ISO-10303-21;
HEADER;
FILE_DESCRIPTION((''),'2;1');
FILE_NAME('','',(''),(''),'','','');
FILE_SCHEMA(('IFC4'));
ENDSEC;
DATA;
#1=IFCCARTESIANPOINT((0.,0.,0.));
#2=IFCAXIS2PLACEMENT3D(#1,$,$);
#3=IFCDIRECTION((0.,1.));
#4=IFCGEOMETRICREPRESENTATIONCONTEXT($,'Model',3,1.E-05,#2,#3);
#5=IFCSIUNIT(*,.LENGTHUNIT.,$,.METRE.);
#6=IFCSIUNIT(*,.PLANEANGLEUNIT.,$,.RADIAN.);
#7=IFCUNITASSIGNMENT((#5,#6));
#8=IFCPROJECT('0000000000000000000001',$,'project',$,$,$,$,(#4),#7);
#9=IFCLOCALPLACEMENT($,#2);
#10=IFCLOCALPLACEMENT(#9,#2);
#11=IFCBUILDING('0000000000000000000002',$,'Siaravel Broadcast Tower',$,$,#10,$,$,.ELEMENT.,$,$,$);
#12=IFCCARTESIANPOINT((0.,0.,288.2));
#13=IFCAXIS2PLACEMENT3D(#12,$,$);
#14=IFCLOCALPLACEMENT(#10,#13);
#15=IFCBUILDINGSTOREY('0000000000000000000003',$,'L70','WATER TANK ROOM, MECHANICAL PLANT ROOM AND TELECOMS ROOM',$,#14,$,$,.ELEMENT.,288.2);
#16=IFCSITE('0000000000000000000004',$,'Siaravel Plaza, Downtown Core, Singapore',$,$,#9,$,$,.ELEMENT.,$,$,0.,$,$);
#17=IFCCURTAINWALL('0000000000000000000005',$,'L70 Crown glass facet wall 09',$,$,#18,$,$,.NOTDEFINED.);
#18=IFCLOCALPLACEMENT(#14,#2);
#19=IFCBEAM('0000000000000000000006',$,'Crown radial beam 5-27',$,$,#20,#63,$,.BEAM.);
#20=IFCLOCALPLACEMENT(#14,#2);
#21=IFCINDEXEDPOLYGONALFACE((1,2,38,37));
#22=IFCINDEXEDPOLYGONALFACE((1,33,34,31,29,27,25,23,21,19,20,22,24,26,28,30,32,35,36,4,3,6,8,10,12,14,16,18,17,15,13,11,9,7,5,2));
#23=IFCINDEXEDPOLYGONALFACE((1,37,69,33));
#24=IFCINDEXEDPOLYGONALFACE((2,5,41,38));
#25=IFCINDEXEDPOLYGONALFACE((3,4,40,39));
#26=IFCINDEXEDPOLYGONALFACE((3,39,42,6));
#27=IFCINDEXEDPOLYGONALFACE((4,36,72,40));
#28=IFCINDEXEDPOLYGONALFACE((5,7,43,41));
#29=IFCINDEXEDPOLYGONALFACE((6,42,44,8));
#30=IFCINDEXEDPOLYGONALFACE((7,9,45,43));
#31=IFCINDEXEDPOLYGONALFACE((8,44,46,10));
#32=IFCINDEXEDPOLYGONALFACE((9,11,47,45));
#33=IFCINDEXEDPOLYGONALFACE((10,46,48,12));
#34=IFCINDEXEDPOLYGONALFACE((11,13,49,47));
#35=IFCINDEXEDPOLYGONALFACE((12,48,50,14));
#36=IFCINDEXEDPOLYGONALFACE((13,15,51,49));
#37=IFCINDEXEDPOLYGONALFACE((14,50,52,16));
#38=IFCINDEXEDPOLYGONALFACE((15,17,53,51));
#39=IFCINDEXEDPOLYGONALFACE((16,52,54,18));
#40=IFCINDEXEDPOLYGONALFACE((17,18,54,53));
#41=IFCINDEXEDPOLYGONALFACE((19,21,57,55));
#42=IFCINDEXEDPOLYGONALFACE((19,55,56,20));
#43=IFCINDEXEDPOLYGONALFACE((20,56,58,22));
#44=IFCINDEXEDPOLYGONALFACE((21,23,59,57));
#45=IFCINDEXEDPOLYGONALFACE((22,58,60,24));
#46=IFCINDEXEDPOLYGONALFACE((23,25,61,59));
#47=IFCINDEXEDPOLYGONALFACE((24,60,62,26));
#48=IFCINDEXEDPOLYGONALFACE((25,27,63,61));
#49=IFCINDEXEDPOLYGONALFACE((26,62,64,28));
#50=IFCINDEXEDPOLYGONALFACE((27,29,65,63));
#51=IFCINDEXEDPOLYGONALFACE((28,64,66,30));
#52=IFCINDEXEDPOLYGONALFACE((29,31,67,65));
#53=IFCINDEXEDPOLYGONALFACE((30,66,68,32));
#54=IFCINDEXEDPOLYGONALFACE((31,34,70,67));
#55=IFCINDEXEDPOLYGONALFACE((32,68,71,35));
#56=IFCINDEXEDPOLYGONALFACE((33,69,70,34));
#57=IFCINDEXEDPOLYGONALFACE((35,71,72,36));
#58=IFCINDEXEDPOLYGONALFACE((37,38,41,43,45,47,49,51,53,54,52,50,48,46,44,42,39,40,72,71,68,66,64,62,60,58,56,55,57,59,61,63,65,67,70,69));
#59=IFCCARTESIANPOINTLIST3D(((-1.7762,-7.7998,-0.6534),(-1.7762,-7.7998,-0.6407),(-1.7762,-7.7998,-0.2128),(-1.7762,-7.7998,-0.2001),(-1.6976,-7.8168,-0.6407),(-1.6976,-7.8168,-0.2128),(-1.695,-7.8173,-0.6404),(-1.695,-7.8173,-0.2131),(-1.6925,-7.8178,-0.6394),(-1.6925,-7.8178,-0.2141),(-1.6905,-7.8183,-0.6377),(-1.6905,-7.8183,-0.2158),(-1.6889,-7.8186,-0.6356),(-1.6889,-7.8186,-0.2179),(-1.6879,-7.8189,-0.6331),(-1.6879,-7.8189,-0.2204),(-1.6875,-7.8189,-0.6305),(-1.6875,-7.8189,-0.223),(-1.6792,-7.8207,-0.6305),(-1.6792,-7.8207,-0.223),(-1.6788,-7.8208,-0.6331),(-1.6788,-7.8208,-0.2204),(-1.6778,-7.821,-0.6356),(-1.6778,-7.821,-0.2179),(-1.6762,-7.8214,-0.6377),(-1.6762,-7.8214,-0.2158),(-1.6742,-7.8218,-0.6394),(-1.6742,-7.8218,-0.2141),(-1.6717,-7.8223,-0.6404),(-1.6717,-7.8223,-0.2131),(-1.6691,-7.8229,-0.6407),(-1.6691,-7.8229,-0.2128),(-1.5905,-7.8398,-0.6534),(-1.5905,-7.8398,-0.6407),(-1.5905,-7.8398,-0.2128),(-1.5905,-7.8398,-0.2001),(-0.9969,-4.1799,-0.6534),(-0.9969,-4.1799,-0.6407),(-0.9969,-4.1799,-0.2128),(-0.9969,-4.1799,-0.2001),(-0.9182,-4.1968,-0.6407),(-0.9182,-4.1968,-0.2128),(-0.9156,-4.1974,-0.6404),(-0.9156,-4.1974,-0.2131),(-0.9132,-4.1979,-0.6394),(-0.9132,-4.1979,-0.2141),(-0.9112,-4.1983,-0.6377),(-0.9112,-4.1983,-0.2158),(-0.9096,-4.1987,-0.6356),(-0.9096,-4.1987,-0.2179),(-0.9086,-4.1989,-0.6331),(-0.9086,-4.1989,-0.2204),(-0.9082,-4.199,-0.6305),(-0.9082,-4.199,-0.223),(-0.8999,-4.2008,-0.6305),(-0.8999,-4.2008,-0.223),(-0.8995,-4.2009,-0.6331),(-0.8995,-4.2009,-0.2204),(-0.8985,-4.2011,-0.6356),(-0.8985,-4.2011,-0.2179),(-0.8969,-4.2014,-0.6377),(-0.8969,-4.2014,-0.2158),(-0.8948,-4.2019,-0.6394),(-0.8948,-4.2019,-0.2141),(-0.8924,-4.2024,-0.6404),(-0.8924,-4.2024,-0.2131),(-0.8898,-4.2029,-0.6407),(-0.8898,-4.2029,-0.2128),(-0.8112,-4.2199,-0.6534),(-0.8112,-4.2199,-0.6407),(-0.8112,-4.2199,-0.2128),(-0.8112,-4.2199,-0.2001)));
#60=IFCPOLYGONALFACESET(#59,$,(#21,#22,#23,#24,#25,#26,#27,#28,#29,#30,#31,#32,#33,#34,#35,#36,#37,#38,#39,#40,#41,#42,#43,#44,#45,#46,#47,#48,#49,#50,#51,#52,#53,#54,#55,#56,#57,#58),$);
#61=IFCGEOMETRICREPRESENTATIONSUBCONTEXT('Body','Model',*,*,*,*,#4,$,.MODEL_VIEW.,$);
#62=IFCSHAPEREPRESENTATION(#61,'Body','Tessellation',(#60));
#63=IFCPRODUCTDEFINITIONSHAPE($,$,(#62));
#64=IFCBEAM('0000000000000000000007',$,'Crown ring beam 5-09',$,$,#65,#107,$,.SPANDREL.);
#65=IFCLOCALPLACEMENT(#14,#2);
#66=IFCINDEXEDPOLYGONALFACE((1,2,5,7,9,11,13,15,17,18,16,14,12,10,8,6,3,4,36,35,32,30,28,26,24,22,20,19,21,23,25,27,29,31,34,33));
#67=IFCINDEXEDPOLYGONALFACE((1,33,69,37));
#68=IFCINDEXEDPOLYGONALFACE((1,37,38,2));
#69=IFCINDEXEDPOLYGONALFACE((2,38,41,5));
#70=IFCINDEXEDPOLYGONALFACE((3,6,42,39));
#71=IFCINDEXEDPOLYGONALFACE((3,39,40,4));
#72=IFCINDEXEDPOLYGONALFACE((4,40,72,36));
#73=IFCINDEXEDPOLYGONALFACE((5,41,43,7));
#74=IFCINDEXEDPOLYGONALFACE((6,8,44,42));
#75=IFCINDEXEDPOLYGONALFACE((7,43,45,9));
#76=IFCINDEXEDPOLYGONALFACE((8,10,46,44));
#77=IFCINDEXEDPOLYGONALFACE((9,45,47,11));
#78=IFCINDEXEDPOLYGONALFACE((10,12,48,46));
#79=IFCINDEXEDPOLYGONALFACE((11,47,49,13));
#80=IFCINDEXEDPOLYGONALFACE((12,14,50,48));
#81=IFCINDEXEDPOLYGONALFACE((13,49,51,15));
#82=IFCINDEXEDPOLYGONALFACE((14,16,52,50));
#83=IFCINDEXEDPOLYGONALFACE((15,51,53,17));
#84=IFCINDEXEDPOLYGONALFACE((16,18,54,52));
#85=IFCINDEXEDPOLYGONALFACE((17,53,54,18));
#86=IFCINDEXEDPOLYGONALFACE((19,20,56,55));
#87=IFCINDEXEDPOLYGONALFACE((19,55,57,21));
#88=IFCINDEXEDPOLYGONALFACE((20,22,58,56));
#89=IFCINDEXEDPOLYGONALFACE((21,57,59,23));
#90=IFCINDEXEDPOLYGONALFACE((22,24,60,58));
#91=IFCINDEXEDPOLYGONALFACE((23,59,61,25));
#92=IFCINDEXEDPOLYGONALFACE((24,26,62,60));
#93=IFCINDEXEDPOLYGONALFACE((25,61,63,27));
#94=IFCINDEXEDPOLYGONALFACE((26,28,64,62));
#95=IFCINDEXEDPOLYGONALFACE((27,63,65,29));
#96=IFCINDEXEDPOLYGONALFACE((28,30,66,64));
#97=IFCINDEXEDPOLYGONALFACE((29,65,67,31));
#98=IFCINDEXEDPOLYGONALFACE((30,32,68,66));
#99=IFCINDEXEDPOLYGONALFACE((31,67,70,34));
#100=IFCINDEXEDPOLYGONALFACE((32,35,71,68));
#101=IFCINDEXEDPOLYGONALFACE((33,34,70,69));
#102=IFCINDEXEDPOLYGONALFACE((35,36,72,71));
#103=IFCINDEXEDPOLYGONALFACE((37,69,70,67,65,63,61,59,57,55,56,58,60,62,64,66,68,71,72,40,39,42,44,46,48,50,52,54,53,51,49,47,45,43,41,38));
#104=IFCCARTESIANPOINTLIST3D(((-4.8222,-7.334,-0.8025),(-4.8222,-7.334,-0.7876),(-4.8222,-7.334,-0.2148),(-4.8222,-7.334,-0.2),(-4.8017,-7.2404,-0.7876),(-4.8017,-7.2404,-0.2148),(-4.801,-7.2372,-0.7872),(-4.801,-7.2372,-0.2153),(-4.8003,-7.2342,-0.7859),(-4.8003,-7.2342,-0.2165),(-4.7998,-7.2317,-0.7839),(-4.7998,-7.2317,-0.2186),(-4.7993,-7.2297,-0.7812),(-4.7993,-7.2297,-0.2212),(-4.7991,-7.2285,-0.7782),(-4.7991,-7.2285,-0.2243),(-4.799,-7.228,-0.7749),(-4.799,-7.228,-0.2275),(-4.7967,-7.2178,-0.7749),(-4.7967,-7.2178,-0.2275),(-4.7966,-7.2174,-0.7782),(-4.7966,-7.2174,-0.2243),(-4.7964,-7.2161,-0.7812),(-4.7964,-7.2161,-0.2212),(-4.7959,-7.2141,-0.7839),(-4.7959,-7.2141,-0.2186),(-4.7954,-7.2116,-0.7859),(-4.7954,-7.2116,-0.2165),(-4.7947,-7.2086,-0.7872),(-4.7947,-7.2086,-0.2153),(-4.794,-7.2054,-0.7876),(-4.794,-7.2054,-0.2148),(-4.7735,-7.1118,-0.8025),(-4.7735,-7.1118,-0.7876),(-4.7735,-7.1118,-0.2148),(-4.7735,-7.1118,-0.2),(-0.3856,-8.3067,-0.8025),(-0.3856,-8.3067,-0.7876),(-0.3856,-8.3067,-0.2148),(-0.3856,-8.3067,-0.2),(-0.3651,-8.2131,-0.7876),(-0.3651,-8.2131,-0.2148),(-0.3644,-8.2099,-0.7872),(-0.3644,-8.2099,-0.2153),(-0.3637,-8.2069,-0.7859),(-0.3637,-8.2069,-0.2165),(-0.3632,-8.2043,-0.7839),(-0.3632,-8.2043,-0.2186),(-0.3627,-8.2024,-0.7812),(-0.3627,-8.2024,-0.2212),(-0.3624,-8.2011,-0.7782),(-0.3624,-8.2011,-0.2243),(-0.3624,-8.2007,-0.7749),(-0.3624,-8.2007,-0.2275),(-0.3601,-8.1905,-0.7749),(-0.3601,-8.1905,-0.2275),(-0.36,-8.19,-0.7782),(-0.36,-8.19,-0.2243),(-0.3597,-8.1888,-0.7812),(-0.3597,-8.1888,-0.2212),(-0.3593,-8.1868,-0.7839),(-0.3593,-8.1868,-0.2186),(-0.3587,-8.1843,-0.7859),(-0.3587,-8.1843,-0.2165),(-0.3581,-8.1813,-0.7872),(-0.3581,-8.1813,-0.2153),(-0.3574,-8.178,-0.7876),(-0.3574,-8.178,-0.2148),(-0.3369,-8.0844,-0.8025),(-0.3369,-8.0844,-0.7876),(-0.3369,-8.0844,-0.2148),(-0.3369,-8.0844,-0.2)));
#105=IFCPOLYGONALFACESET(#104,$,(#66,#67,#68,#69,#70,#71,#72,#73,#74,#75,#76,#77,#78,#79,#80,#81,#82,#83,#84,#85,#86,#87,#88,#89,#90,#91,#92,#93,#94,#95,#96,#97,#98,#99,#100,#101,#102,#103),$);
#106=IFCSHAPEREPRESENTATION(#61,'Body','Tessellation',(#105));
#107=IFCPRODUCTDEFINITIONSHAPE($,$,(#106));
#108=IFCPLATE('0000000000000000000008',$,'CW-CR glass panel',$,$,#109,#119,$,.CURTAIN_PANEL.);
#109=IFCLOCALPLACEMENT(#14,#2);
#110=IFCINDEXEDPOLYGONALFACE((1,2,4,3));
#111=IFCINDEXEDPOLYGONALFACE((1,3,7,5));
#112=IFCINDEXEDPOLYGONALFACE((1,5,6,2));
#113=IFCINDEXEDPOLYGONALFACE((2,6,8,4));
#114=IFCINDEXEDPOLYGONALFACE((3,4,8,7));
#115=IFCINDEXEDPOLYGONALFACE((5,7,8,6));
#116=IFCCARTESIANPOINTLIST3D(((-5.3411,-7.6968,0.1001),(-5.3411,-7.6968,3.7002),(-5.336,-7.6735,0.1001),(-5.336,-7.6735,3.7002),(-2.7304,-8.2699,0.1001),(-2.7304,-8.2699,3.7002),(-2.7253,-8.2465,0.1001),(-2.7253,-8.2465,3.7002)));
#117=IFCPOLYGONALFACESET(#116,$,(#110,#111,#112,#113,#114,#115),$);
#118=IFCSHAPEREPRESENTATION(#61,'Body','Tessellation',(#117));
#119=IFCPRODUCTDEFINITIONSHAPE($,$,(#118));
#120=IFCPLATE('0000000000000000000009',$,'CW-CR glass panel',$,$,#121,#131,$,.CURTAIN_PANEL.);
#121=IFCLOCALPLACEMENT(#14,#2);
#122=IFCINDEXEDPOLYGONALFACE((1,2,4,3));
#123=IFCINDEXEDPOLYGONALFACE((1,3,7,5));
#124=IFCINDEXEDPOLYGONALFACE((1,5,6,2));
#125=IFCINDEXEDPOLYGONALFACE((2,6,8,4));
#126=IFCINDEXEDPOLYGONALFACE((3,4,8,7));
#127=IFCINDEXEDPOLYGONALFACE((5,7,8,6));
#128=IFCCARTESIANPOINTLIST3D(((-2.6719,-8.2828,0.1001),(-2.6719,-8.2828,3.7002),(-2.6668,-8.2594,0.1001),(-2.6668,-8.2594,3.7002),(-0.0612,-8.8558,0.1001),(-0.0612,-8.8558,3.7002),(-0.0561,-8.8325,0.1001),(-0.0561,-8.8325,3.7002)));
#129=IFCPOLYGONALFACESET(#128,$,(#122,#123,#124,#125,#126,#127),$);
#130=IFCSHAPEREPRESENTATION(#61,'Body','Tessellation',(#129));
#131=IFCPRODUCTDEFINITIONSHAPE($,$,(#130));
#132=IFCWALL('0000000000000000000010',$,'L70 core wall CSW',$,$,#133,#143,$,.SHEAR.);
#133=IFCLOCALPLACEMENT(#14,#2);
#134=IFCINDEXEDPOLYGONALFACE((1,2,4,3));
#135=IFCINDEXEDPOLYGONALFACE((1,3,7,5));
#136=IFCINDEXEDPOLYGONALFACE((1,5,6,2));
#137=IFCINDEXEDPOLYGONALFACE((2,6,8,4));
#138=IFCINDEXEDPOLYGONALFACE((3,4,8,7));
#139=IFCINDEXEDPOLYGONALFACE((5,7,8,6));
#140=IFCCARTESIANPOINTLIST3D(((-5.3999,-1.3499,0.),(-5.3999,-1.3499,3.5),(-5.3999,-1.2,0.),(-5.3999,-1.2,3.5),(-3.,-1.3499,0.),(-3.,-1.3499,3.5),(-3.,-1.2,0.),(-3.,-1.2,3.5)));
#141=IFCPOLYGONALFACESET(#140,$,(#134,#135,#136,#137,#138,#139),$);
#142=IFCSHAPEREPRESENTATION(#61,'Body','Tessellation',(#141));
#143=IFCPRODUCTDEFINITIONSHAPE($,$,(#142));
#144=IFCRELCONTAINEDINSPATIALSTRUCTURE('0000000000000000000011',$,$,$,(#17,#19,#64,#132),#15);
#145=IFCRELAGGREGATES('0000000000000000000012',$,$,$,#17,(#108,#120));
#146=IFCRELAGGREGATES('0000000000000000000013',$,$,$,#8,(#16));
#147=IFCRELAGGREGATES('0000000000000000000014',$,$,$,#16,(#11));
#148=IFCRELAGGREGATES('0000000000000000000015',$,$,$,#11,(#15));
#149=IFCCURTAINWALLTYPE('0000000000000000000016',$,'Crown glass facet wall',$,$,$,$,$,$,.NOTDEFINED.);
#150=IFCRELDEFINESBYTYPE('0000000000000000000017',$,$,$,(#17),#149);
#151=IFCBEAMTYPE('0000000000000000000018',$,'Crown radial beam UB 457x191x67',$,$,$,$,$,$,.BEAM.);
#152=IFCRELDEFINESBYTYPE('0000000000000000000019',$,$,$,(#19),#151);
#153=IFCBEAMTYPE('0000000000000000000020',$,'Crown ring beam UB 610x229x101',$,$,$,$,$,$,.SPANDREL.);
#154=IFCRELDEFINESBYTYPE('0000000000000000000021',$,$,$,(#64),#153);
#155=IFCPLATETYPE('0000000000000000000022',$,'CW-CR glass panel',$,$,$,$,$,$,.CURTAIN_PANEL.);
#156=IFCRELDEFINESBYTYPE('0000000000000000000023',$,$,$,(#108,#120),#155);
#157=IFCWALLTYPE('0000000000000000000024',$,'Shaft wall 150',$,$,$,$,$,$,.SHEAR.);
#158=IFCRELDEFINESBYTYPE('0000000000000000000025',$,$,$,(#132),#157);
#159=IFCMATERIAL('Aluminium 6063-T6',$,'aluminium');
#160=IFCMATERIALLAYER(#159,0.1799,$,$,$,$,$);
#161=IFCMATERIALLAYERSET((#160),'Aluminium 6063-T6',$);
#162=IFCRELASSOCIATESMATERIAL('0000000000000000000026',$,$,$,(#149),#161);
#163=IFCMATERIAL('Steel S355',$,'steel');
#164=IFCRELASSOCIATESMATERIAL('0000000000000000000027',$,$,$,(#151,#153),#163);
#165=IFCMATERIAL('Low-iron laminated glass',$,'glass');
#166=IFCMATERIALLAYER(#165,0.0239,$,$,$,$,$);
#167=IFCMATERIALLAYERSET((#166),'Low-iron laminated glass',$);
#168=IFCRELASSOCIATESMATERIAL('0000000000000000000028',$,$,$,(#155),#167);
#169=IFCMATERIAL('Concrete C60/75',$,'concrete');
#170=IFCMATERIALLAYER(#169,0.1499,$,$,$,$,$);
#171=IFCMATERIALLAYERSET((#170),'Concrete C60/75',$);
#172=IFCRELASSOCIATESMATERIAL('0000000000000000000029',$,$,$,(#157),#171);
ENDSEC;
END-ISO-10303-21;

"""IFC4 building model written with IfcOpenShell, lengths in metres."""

from ifc_helpers import new_model, si_unit, direction, frame, frame_2d, origin, origin_2d, place, context, subcontext, project, spatial, rectangle, i_section, extrude, material, layer, layer_set, material_profile, profile_set, type_object, element, aggregate, save


model = new_model("IFC4")

# Units and contexts
model_context = context("Model", 3, precision=1e-05, world=origin(), true_north=direction((0.0, 1.0)))
body_context = subcontext(model_context, "Body", "Model", "MODEL_VIEW")
ifc_project = project(units=[si_unit("LENGTHUNIT", "METRE"), si_unit("PLANEANGLEUNIT", "RADIAN")], contexts=[model_context])

# Site, building, storey
site_placement = place(None, origin())
site = spatial("IfcSite", under=ifc_project, at=site_placement, Name="Siaravel Plaza, Downtown Core, Singapore", CompositionType="ELEMENT", RefElevation=0.0)
building_placement = place(site_placement, origin())
building = spatial("IfcBuilding", under=site, at=building_placement, Name="Siaravel Broadcast Tower", CompositionType="ELEMENT")
storey_placement = place(building_placement, frame((0.0, 0.0, 288.2)))
storey = spatial("IfcBuildingStorey", under=building, at=storey_placement, Name="L70", Description="WATER TANK ROOM, MECHANICAL PLANT ROOM AND TELECOMS ROOM", CompositionType="ELEMENT", Elevation=288.2)

# Curtain wall
ifc_material_1 = material(Name="Aluminium 6063-T6", Category="aluminium")
ifc_layer_1 = layer(ifc_material_1, 0.1799)
ifc_layer_set_1 = layer_set([ifc_layer_1], Name="Aluminium 6063-T6")
curtain_wall_type = type_object("IfcCurtainWallType", Name="Crown glass facet wall", PredefinedType="NOTDEFINED", material=ifc_layer_set_1)
curtain_wall_placement = place(storey_placement, origin())
curtain_wall = element("IfcCurtainWall", 1, at=curtain_wall_placement, inside=storey, type_object=curtain_wall_type, Name="L70 Crown glass facet wall 09", PredefinedType="NOTDEFINED")

# Beams
ifc_material_2 = material(Name="Steel S355", Category="steel")
ifc_material_profile_1 = material_profile(ifc_material_2, i_section(OverallWidth=0.1899, OverallDepth=0.4534, WebThickness=0.0085, FlangeThickness=0.0127, FilletRadius=0.0103, at=origin_2d()))
ifc_profile_set_1 = profile_set([ifc_material_profile_1], Name="Steel S355")
beam_type_1 = type_object("IfcBeamType", Name="Crown radial beam UB 457x191x67", PredefinedType="BEAM", material=ifc_profile_set_1)
beam_1_placement = place(storey_placement, frame((-1.6833, -7.8198, -0.4268), z_axis=(0.210461, 0.977602, 0.0), x_axis=(-0.977602, 0.210461, 0.0)))
element("IfcBeam", 2, at=beam_1_placement, inside=storey, type_object=beam_type_1, Name="Crown radial beam 5-27", PredefinedType="BEAM", context=body_context, shape_type="SweptSolid", body=[
    extrude(i_section(OverallWidth=0.1899, OverallDepth=0.4534, WebThickness=0.0085, FlangeThickness=0.0127, FilletRadius=0.0103, at=origin_2d()), origin(), (0.0, 0.0, 1.0), 3.7029),
])
ifc_material_profile_2 = material_profile(ifc_material_2, i_section(OverallWidth=0.2275, OverallDepth=0.6025, WebThickness=0.0105, FlangeThickness=0.0149, FilletRadius=0.0127, at=origin_2d()))
ifc_profile_set_2 = profile_set([ifc_material_profile_2], Name="Steel S355")
beam_type_2 = type_object("IfcBeamType", Name="Crown ring beam UB 610x229x101", PredefinedType="SPANDREL", material=ifc_profile_set_2)
beam_2_placement = place(storey_placement, frame((-4.7979, -7.2229, -0.5012), z_axis=(0.9768, -0.214152, 0.0), x_axis=(0.214152, 0.9768, 0.0)))
element("IfcBeam", 3, at=beam_2_placement, inside=storey, type_object=beam_type_2, Name="Crown ring beam 5-09", PredefinedType="SPANDREL", context=body_context, shape_type="SweptSolid", body=[
    extrude(i_section(OverallWidth=0.2275, OverallDepth=0.6025, WebThickness=0.0105, FlangeThickness=0.0149, FilletRadius=0.0127, at=origin_2d()), origin(), (0.0, 0.0, 1.0), 4.542),
])

# Plates
ifc_material_3 = material(Name="Low-iron laminated glass", Category="glass")
ifc_layer_2 = layer(ifc_material_3, 0.0239)
ifc_layer_set_2 = layer_set([ifc_layer_2], Name="Low-iron laminated glass")
plate_type = type_object("IfcPlateType", Name="CW-CR glass panel", PredefinedType="CURTAIN_PANEL", material=ifc_layer_set_2)
plate_1_placement = place(storey_placement, frame((-4.0332, -7.9717, 0.1001), z_axis=(0.0, 0.0, 1.0), x_axis=(0.976747, -0.214396, 0.0)))
plate_1 = element("IfcPlate", 4, at=plate_1_placement, type_object=plate_type, Name="CW-CR glass panel", PredefinedType="CURTAIN_PANEL", context=body_context, shape_type="SweptSolid", body=[
    extrude(rectangle(XDim=2.6729, YDim=0.0239, at=origin_2d()), origin(), (0.0, 0.0, 1.0), 3.6001),
])
plate_2_placement = place(storey_placement, frame((-1.364, -8.5576, 0.1001), z_axis=(0.0, 0.0, 1.0), x_axis=(0.976747, -0.214396, 0.0)))
plate_2 = element("IfcPlate", 5, at=plate_2_placement, type_object=plate_type, Name="CW-CR glass panel", PredefinedType="CURTAIN_PANEL", context=body_context, shape_type="SweptSolid", body=[
    extrude(rectangle(XDim=2.6729, YDim=0.0239, at=origin_2d()), origin(), (0.0, 0.0, 1.0), 3.6001),
])
aggregate(curtain_wall, [plate_1, plate_2])

# Wall
ifc_material_4 = material(Name="Concrete C60/75", Category="concrete")
ifc_layer_3 = layer(ifc_material_4, 0.1499)
ifc_layer_set_3 = layer_set([ifc_layer_3], Name="Concrete C60/75")
wall_type_1 = type_object("IfcWallType", Name="Shaft wall 150", PredefinedType="SHEAR", material=ifc_layer_set_3)
wall_1_placement = place(storey_placement, frame((-5.3999, -1.2749, 0.0), z_axis=(0.0, 0.0, 1.0), x_axis=(1.0, 0.0, 0.0)))
element("IfcWall", 6, at=wall_1_placement, inside=storey, type_object=wall_type_1, Name="L70 core wall CSW", PredefinedType="SHEAR", context=body_context, shape_type="SweptSolid", body=[
    extrude(rectangle(XDim=2.3999, YDim=0.1499, at=frame_2d((1.2, 0.0))), origin(), (0.0, 0.0, 1.0), 3.5),
])

save(model, "model.ifc")
